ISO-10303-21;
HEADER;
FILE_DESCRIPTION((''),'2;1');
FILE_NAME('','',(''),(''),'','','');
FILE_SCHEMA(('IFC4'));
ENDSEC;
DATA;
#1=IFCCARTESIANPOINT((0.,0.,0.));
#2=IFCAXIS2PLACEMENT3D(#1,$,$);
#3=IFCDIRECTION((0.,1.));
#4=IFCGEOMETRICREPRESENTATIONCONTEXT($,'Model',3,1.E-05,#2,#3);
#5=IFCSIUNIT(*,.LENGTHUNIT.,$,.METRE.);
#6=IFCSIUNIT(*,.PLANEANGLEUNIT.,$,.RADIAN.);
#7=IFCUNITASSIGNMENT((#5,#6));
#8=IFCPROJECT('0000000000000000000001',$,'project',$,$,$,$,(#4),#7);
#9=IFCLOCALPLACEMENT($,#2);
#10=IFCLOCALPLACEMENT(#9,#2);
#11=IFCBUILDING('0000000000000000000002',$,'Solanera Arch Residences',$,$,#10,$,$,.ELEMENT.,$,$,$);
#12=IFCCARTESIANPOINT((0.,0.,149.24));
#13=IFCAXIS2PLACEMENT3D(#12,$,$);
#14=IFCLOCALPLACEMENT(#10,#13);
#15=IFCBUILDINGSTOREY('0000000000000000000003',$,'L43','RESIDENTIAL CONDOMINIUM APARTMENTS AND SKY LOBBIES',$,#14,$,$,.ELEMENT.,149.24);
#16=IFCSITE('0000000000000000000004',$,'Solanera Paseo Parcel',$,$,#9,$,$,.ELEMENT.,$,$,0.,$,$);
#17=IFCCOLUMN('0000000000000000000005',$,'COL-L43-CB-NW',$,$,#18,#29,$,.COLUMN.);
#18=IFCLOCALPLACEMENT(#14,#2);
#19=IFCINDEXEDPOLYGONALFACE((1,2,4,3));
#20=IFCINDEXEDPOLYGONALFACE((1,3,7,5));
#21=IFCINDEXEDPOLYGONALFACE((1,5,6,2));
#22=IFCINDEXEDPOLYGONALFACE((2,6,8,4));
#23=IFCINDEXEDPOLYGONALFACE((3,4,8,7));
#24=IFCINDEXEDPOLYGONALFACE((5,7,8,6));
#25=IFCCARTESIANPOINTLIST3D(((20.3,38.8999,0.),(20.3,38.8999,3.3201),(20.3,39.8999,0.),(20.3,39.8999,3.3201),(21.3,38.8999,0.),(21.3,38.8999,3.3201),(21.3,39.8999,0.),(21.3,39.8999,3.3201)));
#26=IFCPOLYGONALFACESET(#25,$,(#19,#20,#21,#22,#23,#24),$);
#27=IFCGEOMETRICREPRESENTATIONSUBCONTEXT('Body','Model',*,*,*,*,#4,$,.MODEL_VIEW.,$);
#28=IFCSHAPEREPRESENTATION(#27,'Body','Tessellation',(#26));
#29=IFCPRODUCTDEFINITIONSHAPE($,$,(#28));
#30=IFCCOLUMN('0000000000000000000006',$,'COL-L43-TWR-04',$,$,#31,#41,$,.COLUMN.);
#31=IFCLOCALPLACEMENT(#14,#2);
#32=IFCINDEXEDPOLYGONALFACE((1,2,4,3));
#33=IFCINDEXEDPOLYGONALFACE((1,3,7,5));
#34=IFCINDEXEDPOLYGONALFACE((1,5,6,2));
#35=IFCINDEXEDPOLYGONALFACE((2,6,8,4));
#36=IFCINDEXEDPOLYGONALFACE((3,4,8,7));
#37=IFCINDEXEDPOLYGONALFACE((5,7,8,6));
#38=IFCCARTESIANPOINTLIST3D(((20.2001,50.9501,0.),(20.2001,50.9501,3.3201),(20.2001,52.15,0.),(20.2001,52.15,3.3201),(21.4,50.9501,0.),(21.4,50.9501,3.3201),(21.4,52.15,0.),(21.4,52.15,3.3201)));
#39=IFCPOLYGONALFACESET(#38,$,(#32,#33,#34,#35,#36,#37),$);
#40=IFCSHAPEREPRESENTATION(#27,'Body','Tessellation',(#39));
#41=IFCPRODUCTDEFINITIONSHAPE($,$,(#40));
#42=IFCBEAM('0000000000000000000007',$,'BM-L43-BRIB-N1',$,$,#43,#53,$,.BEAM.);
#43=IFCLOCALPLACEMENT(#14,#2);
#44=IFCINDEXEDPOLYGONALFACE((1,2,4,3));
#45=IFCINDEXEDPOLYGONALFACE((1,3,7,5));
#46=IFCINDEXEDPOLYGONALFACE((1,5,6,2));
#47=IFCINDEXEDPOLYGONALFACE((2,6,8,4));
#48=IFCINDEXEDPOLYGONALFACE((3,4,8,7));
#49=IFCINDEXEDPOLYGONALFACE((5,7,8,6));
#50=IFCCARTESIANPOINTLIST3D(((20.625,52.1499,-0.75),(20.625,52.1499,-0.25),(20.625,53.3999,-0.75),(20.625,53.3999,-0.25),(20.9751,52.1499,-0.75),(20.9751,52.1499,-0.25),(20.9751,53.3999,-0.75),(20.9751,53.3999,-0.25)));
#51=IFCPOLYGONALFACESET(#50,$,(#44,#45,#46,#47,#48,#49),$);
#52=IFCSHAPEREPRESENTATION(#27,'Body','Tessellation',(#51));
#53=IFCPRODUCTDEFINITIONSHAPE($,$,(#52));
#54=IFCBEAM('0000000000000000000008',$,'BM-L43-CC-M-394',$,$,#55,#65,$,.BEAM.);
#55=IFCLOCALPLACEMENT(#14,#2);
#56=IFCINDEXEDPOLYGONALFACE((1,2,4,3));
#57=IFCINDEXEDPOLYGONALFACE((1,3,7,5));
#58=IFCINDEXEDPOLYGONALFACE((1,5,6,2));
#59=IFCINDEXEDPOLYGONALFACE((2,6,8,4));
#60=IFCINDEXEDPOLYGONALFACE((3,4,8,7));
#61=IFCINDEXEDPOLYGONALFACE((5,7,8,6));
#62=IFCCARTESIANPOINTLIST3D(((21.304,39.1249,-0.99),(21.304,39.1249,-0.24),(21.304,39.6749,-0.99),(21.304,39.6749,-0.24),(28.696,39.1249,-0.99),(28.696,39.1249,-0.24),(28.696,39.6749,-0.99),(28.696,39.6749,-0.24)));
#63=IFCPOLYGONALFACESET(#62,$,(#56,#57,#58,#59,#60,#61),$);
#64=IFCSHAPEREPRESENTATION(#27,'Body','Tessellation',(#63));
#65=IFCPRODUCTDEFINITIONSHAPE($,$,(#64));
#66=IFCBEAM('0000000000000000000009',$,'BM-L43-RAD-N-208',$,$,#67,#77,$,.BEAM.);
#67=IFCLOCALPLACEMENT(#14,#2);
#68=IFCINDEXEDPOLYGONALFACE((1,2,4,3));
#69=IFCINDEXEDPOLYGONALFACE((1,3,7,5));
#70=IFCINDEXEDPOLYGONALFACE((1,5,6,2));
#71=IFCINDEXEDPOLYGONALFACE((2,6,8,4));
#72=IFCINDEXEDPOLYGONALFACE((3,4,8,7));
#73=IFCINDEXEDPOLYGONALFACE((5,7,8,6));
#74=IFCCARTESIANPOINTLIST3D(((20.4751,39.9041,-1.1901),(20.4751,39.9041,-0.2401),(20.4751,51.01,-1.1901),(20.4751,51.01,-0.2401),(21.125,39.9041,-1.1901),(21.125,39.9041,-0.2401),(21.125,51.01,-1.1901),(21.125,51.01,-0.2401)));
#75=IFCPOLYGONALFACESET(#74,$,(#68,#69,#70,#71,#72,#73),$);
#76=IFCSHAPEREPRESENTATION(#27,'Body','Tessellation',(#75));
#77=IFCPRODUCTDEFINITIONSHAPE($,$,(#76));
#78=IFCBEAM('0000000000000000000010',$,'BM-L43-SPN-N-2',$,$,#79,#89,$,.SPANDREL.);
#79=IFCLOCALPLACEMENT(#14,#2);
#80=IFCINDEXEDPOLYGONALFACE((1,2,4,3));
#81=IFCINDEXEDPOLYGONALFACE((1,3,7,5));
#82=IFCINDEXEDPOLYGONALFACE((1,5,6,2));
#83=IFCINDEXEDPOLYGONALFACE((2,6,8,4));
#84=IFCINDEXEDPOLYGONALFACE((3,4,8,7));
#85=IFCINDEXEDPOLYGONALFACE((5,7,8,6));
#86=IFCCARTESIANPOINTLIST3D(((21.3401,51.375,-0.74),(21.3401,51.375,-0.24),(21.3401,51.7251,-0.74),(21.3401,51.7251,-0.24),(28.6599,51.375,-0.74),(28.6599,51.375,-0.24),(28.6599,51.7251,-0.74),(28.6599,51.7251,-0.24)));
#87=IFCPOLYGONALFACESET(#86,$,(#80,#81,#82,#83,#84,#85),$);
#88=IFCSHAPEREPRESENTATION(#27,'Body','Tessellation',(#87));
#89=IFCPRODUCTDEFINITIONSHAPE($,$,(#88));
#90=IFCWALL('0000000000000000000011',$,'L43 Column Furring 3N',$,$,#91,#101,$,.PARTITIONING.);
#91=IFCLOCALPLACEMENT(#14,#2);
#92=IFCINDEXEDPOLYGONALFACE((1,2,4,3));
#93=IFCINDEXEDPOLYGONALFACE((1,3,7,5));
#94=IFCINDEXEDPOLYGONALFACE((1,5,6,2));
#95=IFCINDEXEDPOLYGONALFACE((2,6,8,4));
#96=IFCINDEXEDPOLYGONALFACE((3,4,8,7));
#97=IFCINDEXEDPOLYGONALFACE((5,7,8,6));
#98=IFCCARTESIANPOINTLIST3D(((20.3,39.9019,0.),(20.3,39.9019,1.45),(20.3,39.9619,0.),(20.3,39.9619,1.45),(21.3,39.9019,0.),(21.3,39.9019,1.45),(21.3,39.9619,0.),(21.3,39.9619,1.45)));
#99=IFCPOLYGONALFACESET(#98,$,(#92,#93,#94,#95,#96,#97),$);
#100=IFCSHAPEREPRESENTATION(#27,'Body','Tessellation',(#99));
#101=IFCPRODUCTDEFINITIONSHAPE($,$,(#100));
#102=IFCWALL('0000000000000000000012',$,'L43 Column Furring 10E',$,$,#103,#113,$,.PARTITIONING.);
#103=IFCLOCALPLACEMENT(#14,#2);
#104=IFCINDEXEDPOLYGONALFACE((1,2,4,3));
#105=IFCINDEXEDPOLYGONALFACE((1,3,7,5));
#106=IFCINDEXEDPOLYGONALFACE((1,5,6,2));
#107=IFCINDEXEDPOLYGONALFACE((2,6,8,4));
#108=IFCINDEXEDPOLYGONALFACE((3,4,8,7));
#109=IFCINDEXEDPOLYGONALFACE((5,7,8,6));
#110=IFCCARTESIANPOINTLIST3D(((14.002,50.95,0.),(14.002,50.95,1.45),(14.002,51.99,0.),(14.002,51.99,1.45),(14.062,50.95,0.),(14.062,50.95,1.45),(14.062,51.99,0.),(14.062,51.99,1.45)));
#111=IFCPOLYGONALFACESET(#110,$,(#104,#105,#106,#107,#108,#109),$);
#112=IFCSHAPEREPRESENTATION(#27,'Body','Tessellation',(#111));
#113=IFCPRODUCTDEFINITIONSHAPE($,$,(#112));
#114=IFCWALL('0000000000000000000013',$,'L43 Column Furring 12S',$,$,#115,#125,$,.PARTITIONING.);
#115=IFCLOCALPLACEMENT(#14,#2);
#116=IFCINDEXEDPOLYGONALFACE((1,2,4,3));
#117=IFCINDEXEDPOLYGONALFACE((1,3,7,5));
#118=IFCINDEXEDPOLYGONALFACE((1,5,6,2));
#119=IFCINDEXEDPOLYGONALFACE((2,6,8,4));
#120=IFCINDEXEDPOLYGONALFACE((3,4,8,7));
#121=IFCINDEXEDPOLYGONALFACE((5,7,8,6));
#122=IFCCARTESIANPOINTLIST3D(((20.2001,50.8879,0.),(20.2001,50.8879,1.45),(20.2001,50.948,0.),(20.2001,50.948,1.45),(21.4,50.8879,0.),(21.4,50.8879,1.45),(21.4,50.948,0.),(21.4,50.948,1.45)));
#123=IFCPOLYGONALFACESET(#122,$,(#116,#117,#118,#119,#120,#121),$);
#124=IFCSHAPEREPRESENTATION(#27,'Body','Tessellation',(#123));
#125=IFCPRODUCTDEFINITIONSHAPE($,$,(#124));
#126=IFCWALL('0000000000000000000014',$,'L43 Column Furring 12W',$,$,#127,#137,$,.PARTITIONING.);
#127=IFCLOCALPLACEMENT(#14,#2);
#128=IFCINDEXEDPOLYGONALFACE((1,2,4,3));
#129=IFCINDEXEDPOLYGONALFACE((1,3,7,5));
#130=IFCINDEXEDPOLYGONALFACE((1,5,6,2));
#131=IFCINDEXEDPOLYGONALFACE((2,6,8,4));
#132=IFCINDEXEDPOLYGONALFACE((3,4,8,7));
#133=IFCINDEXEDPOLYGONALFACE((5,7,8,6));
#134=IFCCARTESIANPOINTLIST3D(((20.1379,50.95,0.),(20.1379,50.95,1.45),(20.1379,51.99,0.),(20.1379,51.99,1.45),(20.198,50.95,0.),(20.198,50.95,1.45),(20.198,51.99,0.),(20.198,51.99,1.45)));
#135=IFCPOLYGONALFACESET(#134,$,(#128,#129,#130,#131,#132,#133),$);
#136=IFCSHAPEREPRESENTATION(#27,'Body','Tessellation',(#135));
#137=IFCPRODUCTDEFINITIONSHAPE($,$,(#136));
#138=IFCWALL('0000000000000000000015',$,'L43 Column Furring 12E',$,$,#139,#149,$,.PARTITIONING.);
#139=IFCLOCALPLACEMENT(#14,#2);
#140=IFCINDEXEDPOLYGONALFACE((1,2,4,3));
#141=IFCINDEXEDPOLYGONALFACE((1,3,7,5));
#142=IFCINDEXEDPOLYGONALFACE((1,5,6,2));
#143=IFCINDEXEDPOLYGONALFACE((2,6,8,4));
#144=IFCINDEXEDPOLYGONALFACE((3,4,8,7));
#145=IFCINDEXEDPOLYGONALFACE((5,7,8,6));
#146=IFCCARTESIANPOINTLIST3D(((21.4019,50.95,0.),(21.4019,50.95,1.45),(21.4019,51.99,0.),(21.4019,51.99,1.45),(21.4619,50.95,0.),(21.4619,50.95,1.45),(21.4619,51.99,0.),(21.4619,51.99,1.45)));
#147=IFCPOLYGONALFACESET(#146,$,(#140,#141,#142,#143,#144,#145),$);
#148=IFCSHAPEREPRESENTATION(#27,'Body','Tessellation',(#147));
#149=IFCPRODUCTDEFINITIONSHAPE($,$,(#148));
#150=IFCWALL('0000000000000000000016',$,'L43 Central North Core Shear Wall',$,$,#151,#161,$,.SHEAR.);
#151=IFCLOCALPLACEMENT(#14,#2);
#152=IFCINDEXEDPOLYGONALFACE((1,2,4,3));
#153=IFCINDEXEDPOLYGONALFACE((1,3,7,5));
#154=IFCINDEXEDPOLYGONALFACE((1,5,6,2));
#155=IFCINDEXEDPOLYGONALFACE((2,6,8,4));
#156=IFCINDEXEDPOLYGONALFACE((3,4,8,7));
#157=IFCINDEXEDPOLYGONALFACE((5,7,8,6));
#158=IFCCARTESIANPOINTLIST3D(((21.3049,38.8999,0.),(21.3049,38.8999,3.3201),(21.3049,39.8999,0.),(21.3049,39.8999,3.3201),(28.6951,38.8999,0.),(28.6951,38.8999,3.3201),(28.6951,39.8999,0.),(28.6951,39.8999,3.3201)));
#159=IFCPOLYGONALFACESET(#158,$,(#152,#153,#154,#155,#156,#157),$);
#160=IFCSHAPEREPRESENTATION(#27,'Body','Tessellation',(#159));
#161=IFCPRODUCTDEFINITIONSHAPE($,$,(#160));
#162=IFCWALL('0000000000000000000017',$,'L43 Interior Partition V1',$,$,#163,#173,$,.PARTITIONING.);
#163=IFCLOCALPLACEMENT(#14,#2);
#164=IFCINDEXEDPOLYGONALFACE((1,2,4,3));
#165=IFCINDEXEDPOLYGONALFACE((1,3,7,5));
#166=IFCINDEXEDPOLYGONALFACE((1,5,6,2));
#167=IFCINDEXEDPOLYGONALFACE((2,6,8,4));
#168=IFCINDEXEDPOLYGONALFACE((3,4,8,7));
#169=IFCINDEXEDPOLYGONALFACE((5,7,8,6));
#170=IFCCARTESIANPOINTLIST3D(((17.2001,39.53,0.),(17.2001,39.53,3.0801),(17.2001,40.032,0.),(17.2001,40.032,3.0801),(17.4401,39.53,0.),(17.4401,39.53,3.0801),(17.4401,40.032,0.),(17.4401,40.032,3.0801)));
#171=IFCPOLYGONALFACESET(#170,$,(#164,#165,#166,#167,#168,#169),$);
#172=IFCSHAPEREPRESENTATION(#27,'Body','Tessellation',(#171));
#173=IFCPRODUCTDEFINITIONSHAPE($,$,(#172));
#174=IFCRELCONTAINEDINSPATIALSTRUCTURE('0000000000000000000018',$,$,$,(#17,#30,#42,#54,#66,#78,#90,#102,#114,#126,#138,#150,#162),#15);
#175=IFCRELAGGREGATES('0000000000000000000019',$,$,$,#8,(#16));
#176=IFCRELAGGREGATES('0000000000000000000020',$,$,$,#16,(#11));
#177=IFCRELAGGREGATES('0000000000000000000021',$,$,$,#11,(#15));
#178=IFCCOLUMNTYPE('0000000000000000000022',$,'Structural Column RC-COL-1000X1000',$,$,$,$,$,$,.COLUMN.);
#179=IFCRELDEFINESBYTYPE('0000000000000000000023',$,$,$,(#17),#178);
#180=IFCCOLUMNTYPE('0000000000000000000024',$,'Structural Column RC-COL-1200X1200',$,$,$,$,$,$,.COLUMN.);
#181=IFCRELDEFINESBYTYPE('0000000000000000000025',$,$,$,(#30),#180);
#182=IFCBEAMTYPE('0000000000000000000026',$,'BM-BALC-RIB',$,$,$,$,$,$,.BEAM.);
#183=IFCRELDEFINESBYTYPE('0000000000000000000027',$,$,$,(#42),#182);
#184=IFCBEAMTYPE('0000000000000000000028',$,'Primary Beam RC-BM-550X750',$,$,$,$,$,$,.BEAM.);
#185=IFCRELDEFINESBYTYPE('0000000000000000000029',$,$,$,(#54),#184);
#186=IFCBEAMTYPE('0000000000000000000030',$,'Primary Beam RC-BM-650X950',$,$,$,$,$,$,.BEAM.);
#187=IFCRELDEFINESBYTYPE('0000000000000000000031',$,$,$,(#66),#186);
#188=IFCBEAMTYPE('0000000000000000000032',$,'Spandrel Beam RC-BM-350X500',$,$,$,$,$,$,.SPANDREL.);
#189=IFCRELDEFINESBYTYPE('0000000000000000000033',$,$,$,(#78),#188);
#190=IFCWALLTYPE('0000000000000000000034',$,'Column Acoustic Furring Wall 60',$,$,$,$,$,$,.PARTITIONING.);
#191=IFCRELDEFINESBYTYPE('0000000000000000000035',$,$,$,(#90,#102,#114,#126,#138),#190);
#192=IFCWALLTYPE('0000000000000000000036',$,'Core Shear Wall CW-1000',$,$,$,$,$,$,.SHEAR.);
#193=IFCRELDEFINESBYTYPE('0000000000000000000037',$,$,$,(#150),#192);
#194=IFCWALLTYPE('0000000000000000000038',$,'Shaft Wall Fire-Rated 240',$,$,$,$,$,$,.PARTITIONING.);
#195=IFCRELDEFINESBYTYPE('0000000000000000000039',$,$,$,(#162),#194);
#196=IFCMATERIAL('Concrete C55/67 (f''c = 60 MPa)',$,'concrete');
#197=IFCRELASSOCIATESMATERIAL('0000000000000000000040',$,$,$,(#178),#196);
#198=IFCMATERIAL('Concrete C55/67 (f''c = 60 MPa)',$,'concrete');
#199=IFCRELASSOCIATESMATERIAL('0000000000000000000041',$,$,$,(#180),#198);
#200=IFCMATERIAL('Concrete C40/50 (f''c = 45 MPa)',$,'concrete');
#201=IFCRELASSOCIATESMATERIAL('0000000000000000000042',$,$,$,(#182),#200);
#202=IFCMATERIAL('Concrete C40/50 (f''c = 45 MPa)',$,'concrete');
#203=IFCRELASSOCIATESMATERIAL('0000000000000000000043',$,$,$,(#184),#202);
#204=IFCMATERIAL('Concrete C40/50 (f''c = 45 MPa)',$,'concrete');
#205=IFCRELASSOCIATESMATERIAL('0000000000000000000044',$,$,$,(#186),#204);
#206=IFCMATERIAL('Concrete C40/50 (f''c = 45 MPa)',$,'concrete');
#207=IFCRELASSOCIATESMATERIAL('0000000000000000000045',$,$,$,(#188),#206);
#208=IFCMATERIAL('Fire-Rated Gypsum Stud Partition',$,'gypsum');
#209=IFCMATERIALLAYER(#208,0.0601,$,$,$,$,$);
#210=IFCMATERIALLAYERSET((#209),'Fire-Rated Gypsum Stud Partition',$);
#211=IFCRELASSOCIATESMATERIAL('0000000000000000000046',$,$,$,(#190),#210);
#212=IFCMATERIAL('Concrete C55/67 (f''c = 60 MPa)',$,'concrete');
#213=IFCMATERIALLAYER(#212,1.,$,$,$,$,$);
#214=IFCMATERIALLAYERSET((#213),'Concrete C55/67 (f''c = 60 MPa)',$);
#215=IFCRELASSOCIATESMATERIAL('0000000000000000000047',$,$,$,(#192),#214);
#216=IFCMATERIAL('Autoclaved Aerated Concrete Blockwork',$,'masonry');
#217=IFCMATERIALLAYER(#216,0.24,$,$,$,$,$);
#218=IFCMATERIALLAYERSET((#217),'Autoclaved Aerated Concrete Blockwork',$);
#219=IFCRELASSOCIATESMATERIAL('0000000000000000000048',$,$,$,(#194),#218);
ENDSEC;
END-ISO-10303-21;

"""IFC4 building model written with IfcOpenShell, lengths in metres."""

from ifc_helpers import new_model, si_unit, direction, frame, frame_2d, origin, origin_2d, place, context, subcontext, project, spatial, rectangle, extrude, material, layer, layer_set, material_profile, profile_set, type_object, element, save


model = new_model("IFC4")

# Units and contexts
model_context = context("Model", 3, precision=1e-05, world=origin(), true_north=direction((0.0, 1.0)))
body_context = subcontext(model_context, "Body", "Model", "MODEL_VIEW")
ifc_project = project(units=[si_unit("LENGTHUNIT", "METRE"), si_unit("PLANEANGLEUNIT", "RADIAN")], contexts=[model_context])

# Site, building, storey
site_placement = place(None, origin())
site = spatial("IfcSite", under=ifc_project, at=site_placement, Name="Solanera Paseo Parcel", CompositionType="ELEMENT", RefElevation=0.0)
building_placement = place(site_placement, origin())
building = spatial("IfcBuilding", under=site, at=building_placement, Name="Solanera Arch Residences", CompositionType="ELEMENT")
storey_placement = place(building_placement, frame((0.0, 0.0, 149.24)))
storey = spatial("IfcBuildingStorey", under=building, at=storey_placement, Name="L43", Description="RESIDENTIAL CONDOMINIUM APARTMENTS AND SKY LOBBIES", CompositionType="ELEMENT", Elevation=149.24)

# Columns
ifc_material_1 = material(Name="Concrete C55/67 (f'c = 60 MPa)", Category="concrete")
ifc_material_profile_1 = material_profile(ifc_material_1, rectangle(XDim=1.0, YDim=1.0, at=origin_2d()))
ifc_profile_set_1 = profile_set([ifc_material_profile_1], Name="Concrete C55/67 (f'c = 60 MPa)")
column_type_1 = type_object("IfcColumnType", Name="Structural Column RC-COL-1000X1000", PredefinedType="COLUMN", material=ifc_profile_set_1)
column_1_placement = place(storey_placement, frame((20.8, 39.3999, 0.0), z_axis=(0.0, 0.0, 1.0), x_axis=(1.0, 0.0, 0.0)))
element("IfcColumn", 1, at=column_1_placement, inside=storey, type_object=column_type_1, Name="COL-L43-CB-NW", PredefinedType="COLUMN", context=body_context, shape_type="SweptSolid", body=[
    extrude(rectangle(XDim=1.0, YDim=1.0, at=origin_2d()), origin(), (0.0, 0.0, 1.0), 3.3201),
])
ifc_material_2 = material(Name="Concrete C55/67 (f'c = 60 MPa)", Category="concrete")
ifc_material_profile_2 = material_profile(ifc_material_2, rectangle(XDim=1.2, YDim=1.2, at=origin_2d()))
ifc_profile_set_2 = profile_set([ifc_material_profile_2], Name="Concrete C55/67 (f'c = 60 MPa)")
column_type_2 = type_object("IfcColumnType", Name="Structural Column RC-COL-1200X1200", PredefinedType="COLUMN", material=ifc_profile_set_2)
column_2_placement = place(storey_placement, frame((20.8, 51.55, 0.0), z_axis=(0.0, 0.0, 1.0), x_axis=(1.0, 0.0, 0.0)))
element("IfcColumn", 2, at=column_2_placement, inside=storey, type_object=column_type_2, Name="COL-L43-TWR-04", PredefinedType="COLUMN", context=body_context, shape_type="SweptSolid", body=[
    extrude(rectangle(XDim=1.2, YDim=1.2, at=origin_2d()), origin(), (0.0, 0.0, 1.0), 3.3201),
])

# Beams
ifc_material_3 = material(Name="Concrete C40/50 (f'c = 45 MPa)", Category="concrete")
ifc_material_profile_3 = material_profile(ifc_material_3, rectangle(XDim=0.3501, YDim=0.5, at=origin_2d()))
ifc_profile_set_3 = profile_set([ifc_material_profile_3], Name="Concrete C40/50 (f'c = 45 MPa)")
beam_type_1 = type_object("IfcBeamType", Name="BM-BALC-RIB", PredefinedType="BEAM", material=ifc_profile_set_3)
beam_1_placement = place(storey_placement, frame((20.8, 52.1499, -0.5), z_axis=(0.0, 1.0, 0.0), x_axis=(-1.0, 0.0, 0.0)))
element("IfcBeam", 3, at=beam_1_placement, inside=storey, type_object=beam_type_1, Name="BM-L43-BRIB-N1", PredefinedType="BEAM", context=body_context, shape_type="SweptSolid", body=[
    extrude(rectangle(XDim=0.3501, YDim=0.5, at=origin_2d()), origin(), (0.0, 0.0, 1.0), 1.25),
])
ifc_material_4 = material(Name="Concrete C40/50 (f'c = 45 MPa)", Category="concrete")
ifc_material_profile_4 = material_profile(ifc_material_4, rectangle(XDim=0.55, YDim=0.75, at=origin_2d()))
ifc_profile_set_4 = profile_set([ifc_material_profile_4], Name="Concrete C40/50 (f'c = 45 MPa)")
beam_type_2 = type_object("IfcBeamType", Name="Primary Beam RC-BM-550X750", PredefinedType="BEAM", material=ifc_profile_set_4)
beam_2_placement = place(storey_placement, frame((21.304, 39.3999, -0.615), z_axis=(1.0, 0.0, 0.0), x_axis=(0.0, 1.0, 0.0)))
element("IfcBeam", 4, at=beam_2_placement, inside=storey, type_object=beam_type_2, Name="BM-L43-CC-M-394", PredefinedType="BEAM", context=body_context, shape_type="SweptSolid", body=[
    extrude(rectangle(XDim=0.55, YDim=0.75, at=origin_2d()), origin(), (0.0, 0.0, 1.0), 7.3921),
])
ifc_material_5 = material(Name="Concrete C40/50 (f'c = 45 MPa)", Category="concrete")
ifc_material_profile_5 = material_profile(ifc_material_5, rectangle(XDim=0.6499, YDim=0.95, at=origin_2d()))
ifc_profile_set_5 = profile_set([ifc_material_profile_5], Name="Concrete C40/50 (f'c = 45 MPa)")
beam_type_3 = type_object("IfcBeamType", Name="Primary Beam RC-BM-650X950", PredefinedType="BEAM", material=ifc_profile_set_5)
beam_3_placement = place(storey_placement, frame((20.8, 39.9041, -0.7151), z_axis=(0.0, 1.0, 0.0), x_axis=(-1.0, 0.0, 0.0)))
element("IfcBeam", 5, at=beam_3_placement, inside=storey, type_object=beam_type_3, Name="BM-L43-RAD-N-208", PredefinedType="BEAM", context=body_context, shape_type="SweptSolid", body=[
    extrude(rectangle(XDim=0.6499, YDim=0.95, at=origin_2d()), origin(), (0.0, 0.0, 1.0), 11.106),
])
ifc_material_6 = material(Name="Concrete C40/50 (f'c = 45 MPa)", Category="concrete")
ifc_material_profile_6 = material_profile(ifc_material_6, rectangle(XDim=0.3501, YDim=0.5, at=origin_2d()))
ifc_profile_set_6 = profile_set([ifc_material_profile_6], Name="Concrete C40/50 (f'c = 45 MPa)")
beam_type_4 = type_object("IfcBeamType", Name="Spandrel Beam RC-BM-350X500", PredefinedType="SPANDREL", material=ifc_profile_set_6)
beam_4_placement = place(storey_placement, frame((21.3401, 51.55, -0.49), z_axis=(1.0, 0.0, 0.0), x_axis=(0.0, 1.0, 0.0)))
element("IfcBeam", 6, at=beam_4_placement, inside=storey, type_object=beam_type_4, Name="BM-L43-SPN-N-2", PredefinedType="SPANDREL", context=body_context, shape_type="SweptSolid", body=[
    extrude(rectangle(XDim=0.3501, YDim=0.5, at=origin_2d()), origin(), (0.0, 0.0, 1.0), 7.3198),
])

# Walls
ifc_material_7 = material(Name="Fire-Rated Gypsum Stud Partition", Category="gypsum")
ifc_layer_1 = layer(ifc_material_7, 0.0601)
ifc_layer_set_1 = layer_set([ifc_layer_1], Name="Fire-Rated Gypsum Stud Partition")
wall_type_1 = type_object("IfcWallType", Name="Column Acoustic Furring Wall 60", PredefinedType="PARTITIONING", material=ifc_layer_set_1)
wall_1_placement = place(storey_placement, frame((20.3, 39.9319, 0.0), z_axis=(0.0, 0.0, 1.0), x_axis=(1.0, 0.0, 0.0)))
element("IfcWall", 7, at=wall_1_placement, inside=storey, type_object=wall_type_1, Name="L43 Column Furring 3N", PredefinedType="PARTITIONING", context=body_context, shape_type="SweptSolid", body=[
    extrude(rectangle(XDim=1.0, YDim=0.0601, at=frame_2d((0.5, 0.0))), origin(), (0.0, 0.0, 1.0), 1.45),
])
wall_2_placement = place(storey_placement, frame((14.032, 50.95, 0.0), z_axis=(0.0, 0.0, 1.0), x_axis=(0.0, 1.0, 0.0)))
element("IfcWall", 8, at=wall_2_placement, inside=storey, type_object=wall_type_1, Name="L43 Column Furring 10E", PredefinedType="PARTITIONING", context=body_context, shape_type="SweptSolid", body=[
    extrude(rectangle(XDim=1.04, YDim=0.0601, at=frame_2d((0.52, 0.0))), origin(), (0.0, 0.0, 1.0), 1.45),
])
wall_3_placement = place(storey_placement, frame((20.2, 50.918, 0.0), z_axis=(0.0, 0.0, 1.0), x_axis=(1.0, 0.0, 0.0)))
element("IfcWall", 9, at=wall_3_placement, inside=storey, type_object=wall_type_1, Name="L43 Column Furring 12S", PredefinedType="PARTITIONING", context=body_context, shape_type="SweptSolid", body=[
    extrude(rectangle(XDim=1.2, YDim=0.0601, at=frame_2d((0.6001, 0.0))), origin(), (0.0, 0.0, 1.0), 1.45),
])
for number, where, z_axis, x_axis, name in (
    (10, (20.168, 50.95, 0.0), (0.0, 0.0, 1.0), (0.0, 1.0, 0.0), "L43 Column Furring 12W"),
    (11, (21.4319, 50.95, 0.0), (0.0, 0.0, 1.0), (0.0, 1.0, 0.0), "L43 Column Furring 12E"),
):
    element("IfcWall", number, at=place(storey_placement, frame(where, z_axis=z_axis, x_axis=x_axis)), inside=storey, type_object=wall_type_1, Name=name, PredefinedType="PARTITIONING", context=body_context, shape_type="SweptSolid", body=[
        extrude(rectangle(XDim=1.04, YDim=0.0601, at=frame_2d((0.52, 0.0))), origin(), (0.0, 0.0, 1.0), 1.45),
    ])
ifc_material_8 = material(Name="Concrete C55/67 (f'c = 60 MPa)", Category="concrete")
ifc_layer_2 = layer(ifc_material_8, 1.0)
ifc_layer_set_2 = layer_set([ifc_layer_2], Name="Concrete C55/67 (f'c = 60 MPa)")
wall_type_2 = type_object("IfcWallType", Name="Core Shear Wall CW-1000", PredefinedType="SHEAR", material=ifc_layer_set_2)
wall_4_placement = place(storey_placement, frame((21.3049, 39.3999, 0.0), z_axis=(0.0, 0.0, 1.0), x_axis=(1.0, 0.0, 0.0)))
element("IfcWall", 12, at=wall_4_placement, inside=storey, type_object=wall_type_2, Name="L43 Central North Core Shear Wall", PredefinedType="SHEAR", context=body_context, shape_type="SweptSolid", body=[
    extrude(rectangle(XDim=7.3901, YDim=1.0, at=frame_2d((3.6951, 0.0))), origin(), (0.0, 0.0, 1.0), 3.3201),
])
ifc_material_9 = material(Name="Autoclaved Aerated Concrete Blockwork", Category="masonry")
ifc_layer_3 = layer(ifc_material_9, 0.24)
ifc_layer_set_3 = layer_set([ifc_layer_3], Name="Autoclaved Aerated Concrete Blockwork")
wall_type_3 = type_object("IfcWallType", Name="Shaft Wall Fire-Rated 240", PredefinedType="PARTITIONING", material=ifc_layer_set_3)
wall_5_placement = place(storey_placement, frame((17.3201, 39.53, 0.0), z_axis=(0.0, 0.0, 1.0), x_axis=(0.0, 1.0, 0.0)))
element("IfcWall", 13, at=wall_5_placement, inside=storey, type_object=wall_type_3, Name="L43 Interior Partition V1", PredefinedType="PARTITIONING", context=body_context, shape_type="SweptSolid", body=[
    extrude(rectangle(XDim=0.502, YDim=0.24, at=frame_2d((0.251, 0.0))), origin(), (0.0, 0.0, 1.0), 3.0801),
])

save(model, "model.ifc")
